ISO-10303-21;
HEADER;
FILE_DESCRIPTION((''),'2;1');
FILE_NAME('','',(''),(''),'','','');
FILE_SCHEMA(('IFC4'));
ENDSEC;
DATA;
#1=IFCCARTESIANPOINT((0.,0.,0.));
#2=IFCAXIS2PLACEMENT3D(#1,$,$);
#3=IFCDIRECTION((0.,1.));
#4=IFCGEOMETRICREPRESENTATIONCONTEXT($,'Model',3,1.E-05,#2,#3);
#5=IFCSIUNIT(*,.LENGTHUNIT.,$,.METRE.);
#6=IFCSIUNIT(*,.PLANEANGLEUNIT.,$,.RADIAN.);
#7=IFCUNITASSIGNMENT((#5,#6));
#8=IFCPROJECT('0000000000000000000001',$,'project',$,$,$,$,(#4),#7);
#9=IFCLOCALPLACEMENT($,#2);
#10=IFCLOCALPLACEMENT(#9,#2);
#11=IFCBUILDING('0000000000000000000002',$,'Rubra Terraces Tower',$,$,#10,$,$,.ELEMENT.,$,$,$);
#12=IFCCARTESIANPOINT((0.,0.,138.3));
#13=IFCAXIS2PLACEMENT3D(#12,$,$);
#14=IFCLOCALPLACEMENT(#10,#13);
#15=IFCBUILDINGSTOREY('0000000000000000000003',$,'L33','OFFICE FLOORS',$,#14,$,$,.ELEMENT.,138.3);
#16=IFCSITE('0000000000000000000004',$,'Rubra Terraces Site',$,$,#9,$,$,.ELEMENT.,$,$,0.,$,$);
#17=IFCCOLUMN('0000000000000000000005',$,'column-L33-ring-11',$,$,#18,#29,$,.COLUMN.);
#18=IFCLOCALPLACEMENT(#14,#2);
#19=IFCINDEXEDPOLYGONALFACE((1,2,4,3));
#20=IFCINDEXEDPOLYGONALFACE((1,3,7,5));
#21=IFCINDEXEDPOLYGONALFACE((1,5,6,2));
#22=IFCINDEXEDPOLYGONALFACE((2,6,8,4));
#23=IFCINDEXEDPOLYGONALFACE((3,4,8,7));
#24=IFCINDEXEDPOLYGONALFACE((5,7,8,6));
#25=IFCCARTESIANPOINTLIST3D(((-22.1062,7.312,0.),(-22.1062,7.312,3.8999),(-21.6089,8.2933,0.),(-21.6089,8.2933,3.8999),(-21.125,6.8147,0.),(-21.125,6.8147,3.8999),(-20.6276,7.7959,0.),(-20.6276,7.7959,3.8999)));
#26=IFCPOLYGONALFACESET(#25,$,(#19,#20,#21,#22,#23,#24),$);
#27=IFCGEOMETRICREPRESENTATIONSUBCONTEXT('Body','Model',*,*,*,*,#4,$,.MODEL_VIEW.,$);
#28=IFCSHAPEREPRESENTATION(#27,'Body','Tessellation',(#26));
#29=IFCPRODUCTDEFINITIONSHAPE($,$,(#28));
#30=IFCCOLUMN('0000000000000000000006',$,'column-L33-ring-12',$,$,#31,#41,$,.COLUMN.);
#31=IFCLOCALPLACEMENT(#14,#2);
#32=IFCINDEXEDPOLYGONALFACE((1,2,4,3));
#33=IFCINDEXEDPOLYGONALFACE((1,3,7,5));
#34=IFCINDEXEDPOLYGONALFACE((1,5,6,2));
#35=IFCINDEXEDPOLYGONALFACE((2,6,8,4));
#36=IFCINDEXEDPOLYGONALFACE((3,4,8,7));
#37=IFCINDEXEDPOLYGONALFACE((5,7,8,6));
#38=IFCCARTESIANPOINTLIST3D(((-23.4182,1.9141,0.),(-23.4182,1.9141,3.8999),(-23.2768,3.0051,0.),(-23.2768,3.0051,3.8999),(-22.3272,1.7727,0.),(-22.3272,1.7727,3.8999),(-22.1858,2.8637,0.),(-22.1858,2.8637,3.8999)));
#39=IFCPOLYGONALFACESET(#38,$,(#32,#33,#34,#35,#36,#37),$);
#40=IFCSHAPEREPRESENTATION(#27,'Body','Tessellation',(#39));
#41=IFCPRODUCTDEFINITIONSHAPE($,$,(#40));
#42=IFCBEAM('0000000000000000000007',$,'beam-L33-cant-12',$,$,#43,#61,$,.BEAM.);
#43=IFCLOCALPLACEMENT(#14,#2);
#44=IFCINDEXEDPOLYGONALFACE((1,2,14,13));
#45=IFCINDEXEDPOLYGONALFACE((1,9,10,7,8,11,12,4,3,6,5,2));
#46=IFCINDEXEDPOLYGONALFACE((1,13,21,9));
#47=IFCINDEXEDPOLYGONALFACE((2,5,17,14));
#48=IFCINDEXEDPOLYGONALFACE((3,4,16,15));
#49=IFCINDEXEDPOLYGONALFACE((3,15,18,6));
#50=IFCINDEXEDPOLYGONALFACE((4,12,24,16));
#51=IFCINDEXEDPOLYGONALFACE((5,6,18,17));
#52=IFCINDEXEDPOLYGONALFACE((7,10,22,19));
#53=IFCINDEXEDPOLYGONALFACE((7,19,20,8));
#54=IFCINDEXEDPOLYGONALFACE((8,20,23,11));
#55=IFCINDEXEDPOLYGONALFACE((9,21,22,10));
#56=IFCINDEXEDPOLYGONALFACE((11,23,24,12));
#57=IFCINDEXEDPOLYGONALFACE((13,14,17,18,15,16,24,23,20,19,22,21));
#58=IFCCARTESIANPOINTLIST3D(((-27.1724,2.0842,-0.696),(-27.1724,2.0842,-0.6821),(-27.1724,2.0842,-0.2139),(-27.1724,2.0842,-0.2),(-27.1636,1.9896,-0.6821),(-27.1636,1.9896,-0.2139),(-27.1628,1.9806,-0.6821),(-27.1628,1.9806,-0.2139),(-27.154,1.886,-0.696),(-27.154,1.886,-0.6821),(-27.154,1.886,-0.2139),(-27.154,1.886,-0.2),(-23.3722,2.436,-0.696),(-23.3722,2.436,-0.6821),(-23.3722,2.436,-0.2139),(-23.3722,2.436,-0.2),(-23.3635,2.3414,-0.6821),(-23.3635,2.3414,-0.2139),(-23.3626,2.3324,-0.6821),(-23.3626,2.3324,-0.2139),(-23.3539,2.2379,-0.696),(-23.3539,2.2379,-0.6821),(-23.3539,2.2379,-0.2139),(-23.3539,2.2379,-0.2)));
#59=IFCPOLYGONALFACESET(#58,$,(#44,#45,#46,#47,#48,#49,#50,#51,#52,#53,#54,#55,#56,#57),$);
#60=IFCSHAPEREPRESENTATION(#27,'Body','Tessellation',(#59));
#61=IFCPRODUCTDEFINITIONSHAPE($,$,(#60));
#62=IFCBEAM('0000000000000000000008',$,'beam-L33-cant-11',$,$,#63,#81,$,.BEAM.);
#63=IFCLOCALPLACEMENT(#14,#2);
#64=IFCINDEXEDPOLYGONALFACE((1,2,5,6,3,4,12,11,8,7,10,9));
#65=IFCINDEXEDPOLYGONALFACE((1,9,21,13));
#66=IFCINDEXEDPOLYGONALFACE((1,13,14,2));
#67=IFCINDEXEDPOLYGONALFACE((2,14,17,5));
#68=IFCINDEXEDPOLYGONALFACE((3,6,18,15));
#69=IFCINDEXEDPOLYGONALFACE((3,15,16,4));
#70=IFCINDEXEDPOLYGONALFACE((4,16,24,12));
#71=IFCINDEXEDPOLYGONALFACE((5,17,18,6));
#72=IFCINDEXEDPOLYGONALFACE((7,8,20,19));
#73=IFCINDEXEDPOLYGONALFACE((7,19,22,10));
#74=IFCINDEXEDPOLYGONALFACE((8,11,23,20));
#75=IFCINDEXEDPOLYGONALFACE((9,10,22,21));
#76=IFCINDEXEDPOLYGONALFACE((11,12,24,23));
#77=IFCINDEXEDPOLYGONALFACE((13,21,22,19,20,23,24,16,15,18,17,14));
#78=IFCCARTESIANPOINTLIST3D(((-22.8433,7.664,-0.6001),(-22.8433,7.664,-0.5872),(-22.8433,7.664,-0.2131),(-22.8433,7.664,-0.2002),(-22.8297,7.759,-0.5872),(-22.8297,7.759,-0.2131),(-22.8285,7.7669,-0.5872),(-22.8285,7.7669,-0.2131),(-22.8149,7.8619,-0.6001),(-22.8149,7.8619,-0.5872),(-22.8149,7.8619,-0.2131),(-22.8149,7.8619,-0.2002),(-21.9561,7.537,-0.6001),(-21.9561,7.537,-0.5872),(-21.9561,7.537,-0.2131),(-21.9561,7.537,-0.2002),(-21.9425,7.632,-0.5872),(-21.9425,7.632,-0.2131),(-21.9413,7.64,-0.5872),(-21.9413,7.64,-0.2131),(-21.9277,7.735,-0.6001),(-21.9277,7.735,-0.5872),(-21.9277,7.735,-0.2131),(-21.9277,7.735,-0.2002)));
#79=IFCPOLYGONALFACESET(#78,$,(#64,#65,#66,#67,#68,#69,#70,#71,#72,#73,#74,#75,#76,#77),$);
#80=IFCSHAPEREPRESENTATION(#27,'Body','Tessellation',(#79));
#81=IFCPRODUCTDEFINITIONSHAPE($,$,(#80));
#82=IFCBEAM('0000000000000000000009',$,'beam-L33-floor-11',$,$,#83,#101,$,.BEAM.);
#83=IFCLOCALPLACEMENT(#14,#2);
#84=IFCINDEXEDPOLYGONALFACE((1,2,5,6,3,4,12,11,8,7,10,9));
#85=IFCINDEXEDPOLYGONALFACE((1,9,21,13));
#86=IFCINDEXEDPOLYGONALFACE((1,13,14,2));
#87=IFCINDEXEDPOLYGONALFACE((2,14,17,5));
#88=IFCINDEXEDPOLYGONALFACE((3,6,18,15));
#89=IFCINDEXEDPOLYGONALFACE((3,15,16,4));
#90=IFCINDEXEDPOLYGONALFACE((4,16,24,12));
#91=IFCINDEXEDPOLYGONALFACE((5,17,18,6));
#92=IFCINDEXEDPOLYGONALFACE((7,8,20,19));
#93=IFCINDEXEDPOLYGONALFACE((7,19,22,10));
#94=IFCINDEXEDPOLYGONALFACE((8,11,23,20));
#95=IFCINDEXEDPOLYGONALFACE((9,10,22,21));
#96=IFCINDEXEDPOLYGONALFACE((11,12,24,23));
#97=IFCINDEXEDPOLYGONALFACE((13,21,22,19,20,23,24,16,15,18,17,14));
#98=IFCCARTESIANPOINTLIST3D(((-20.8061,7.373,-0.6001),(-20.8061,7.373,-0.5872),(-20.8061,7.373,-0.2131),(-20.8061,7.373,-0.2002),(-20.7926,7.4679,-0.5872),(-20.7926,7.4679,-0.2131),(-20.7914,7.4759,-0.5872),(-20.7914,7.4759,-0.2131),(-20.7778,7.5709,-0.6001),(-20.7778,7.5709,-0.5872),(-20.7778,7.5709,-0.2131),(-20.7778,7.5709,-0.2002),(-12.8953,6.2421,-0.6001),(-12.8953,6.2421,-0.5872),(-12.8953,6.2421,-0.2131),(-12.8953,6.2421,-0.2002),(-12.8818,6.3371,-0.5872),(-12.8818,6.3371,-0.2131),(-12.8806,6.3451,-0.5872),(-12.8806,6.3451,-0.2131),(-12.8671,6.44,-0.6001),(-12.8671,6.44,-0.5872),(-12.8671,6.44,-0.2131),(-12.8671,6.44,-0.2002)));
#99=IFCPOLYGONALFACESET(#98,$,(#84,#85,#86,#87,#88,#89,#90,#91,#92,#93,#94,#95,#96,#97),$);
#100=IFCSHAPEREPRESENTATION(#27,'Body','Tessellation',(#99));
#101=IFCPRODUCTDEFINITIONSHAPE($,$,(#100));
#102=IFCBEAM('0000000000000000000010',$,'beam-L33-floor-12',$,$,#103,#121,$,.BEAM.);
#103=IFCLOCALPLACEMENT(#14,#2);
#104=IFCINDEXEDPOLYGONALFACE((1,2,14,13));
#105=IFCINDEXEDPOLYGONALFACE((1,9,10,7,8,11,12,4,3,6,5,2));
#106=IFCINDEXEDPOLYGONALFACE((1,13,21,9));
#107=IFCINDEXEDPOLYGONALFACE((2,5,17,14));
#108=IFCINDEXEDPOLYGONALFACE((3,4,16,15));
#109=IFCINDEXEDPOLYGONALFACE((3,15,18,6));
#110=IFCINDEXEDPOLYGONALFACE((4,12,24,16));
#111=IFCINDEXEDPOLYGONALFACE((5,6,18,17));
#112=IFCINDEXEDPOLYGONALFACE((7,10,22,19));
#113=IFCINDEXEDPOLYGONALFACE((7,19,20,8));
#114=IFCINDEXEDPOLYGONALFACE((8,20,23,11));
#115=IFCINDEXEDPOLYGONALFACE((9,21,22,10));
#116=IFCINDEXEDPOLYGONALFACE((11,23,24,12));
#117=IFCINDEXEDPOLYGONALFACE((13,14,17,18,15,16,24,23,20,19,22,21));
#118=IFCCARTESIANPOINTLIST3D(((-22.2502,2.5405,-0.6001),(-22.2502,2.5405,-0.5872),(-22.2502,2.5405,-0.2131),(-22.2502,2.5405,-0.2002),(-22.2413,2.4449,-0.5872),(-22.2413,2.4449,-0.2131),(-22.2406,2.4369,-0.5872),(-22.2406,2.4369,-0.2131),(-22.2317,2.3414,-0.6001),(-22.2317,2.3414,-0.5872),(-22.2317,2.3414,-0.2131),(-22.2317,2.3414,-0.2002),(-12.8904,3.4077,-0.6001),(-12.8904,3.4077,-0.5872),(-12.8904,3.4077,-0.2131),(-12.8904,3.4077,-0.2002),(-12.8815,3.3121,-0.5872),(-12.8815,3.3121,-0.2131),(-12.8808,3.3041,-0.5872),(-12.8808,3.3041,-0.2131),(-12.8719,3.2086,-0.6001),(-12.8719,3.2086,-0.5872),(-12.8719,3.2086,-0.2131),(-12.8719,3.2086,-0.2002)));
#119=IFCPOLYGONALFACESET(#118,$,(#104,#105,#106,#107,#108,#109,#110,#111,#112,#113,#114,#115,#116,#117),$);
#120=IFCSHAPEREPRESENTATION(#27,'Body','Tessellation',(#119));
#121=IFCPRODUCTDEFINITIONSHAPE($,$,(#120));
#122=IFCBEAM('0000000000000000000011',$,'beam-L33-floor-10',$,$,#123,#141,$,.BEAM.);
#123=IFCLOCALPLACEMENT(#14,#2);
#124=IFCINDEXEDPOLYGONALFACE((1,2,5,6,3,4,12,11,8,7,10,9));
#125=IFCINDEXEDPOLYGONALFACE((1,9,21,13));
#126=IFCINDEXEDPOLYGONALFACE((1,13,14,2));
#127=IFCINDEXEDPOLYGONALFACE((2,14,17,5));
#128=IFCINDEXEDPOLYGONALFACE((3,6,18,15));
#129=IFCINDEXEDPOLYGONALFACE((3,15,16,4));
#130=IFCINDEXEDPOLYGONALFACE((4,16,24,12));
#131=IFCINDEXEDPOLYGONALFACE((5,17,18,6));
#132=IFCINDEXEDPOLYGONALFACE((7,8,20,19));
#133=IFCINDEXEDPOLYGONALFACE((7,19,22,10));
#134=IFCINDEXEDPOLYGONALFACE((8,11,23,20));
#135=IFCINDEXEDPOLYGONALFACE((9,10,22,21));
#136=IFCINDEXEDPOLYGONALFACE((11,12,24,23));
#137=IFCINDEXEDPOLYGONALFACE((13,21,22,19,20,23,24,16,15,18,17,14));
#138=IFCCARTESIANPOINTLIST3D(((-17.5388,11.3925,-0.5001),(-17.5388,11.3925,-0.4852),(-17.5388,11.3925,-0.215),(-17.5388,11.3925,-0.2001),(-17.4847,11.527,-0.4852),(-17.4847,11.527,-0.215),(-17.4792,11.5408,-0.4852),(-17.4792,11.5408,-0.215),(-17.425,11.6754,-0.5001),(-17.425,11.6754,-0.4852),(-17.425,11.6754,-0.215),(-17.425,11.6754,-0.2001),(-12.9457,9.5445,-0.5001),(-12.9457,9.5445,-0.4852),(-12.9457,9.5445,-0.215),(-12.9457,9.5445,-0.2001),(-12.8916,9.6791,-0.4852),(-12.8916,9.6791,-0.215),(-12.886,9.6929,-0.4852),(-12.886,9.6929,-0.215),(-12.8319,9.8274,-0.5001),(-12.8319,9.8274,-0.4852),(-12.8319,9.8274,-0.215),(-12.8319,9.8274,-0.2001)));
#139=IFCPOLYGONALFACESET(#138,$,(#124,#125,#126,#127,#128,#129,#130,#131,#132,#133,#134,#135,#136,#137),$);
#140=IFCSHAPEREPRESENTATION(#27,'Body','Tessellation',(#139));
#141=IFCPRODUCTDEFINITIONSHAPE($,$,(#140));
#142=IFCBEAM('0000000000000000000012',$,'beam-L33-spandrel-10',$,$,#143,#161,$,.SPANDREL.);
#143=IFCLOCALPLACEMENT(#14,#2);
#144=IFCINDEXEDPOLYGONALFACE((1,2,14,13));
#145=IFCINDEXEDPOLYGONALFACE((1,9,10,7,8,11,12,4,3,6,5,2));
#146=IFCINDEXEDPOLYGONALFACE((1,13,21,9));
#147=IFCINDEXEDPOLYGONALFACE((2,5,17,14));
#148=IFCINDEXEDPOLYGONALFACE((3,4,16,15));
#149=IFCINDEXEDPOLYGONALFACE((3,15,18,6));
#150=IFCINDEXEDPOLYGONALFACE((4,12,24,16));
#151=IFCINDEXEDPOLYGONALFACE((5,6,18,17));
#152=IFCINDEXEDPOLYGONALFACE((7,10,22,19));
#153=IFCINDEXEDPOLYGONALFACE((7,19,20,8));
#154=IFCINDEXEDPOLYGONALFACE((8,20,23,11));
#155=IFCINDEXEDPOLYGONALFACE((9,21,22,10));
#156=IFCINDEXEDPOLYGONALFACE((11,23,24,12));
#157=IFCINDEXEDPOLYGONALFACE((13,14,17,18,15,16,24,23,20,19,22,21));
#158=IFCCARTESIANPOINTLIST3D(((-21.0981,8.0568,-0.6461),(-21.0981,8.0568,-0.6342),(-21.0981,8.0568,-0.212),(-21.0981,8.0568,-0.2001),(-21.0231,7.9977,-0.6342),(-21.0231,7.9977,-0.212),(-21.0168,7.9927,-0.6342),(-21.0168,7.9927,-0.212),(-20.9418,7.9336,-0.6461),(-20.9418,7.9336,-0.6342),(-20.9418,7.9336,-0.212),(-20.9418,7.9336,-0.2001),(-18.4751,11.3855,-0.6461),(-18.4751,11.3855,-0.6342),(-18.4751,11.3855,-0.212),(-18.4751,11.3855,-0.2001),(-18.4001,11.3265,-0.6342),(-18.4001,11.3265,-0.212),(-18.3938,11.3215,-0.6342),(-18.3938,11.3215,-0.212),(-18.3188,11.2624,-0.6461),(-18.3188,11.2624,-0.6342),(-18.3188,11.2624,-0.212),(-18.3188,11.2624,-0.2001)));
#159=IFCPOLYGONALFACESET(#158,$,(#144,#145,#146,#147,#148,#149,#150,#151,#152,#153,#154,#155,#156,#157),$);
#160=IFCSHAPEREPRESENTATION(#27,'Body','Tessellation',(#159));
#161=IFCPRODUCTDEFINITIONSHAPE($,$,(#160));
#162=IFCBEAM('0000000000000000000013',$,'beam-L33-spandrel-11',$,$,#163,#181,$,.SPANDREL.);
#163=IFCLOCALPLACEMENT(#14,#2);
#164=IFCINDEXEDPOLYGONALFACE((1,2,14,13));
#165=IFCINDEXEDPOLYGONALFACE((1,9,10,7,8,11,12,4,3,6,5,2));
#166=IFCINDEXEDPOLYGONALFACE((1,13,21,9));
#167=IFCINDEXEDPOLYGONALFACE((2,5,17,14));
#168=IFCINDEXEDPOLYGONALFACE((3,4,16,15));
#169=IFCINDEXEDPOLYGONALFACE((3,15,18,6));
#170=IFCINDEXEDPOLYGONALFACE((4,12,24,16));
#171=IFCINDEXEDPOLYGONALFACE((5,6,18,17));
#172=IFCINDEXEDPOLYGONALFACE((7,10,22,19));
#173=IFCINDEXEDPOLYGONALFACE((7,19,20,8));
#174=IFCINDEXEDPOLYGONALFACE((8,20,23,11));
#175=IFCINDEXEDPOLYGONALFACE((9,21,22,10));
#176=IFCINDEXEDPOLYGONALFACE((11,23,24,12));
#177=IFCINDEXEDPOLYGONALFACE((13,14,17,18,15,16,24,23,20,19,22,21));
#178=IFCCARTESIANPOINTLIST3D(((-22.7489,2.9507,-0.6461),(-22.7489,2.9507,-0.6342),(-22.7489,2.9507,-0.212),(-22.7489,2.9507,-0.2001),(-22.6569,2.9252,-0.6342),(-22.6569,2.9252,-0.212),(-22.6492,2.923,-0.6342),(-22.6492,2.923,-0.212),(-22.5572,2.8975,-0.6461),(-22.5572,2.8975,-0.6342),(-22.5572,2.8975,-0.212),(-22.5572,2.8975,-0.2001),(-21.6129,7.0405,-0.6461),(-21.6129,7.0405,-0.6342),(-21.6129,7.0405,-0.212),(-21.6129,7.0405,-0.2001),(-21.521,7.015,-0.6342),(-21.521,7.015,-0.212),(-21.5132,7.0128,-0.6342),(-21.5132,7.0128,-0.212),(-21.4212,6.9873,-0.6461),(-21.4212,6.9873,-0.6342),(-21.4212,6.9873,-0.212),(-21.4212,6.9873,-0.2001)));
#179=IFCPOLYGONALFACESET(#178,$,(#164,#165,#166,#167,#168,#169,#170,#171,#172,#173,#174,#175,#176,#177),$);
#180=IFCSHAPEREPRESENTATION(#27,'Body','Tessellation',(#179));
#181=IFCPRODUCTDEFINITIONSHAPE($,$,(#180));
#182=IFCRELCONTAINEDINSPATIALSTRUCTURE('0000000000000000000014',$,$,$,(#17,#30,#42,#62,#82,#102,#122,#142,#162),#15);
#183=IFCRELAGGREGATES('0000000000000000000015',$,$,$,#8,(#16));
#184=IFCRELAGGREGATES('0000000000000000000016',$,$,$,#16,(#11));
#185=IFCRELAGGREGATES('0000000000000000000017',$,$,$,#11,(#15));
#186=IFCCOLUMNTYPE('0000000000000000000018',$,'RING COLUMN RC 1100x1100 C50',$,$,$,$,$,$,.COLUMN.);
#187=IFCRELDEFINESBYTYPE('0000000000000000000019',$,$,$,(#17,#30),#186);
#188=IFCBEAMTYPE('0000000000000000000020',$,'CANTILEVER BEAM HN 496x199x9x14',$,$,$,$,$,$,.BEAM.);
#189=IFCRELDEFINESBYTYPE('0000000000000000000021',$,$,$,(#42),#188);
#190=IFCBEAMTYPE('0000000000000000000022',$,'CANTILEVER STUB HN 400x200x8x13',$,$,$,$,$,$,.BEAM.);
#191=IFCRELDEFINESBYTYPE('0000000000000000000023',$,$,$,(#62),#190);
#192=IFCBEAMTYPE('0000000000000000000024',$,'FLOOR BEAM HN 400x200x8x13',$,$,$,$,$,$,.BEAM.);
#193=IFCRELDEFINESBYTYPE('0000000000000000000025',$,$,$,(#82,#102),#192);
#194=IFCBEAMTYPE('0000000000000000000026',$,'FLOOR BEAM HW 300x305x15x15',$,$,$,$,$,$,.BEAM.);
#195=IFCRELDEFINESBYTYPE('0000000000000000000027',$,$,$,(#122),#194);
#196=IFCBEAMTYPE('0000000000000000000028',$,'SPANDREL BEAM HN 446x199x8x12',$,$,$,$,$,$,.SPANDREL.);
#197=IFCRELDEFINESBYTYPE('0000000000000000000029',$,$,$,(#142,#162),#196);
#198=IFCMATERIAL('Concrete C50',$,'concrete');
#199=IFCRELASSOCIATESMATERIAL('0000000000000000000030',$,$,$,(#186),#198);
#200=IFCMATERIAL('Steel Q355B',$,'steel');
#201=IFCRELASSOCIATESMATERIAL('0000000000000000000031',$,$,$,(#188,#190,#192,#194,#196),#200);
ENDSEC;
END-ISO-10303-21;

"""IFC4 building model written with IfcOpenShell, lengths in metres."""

from ifc_helpers import new_model, si_unit, direction, frame, origin, origin_2d, place, context, subcontext, project, spatial, rectangle, i_section, extrude, material, material_profile, profile_set, type_object, element, save


model = new_model("IFC4")

# Units and contexts
model_context = context("Model", 3, precision=1e-05, world=origin(), true_north=direction((0.0, 1.0)))
body_context = subcontext(model_context, "Body", "Model", "MODEL_VIEW")
ifc_project = project(units=[si_unit("LENGTHUNIT", "METRE"), si_unit("PLANEANGLEUNIT", "RADIAN")], contexts=[model_context])

# Site, building, storey
site_placement = place(None, origin())
site = spatial("IfcSite", under=ifc_project, at=site_placement, Name="Rubra Terraces Site", CompositionType="ELEMENT", RefElevation=0.0)
building_placement = place(site_placement, origin())
building = spatial("IfcBuilding", under=site, at=building_placement, Name="Rubra Terraces Tower", CompositionType="ELEMENT")
storey_placement = place(building_placement, frame((0.0, 0.0, 138.3)))
storey = spatial("IfcBuildingStorey", under=building, at=storey_placement, Name="L33", Description="OFFICE FLOORS", CompositionType="ELEMENT", Elevation=138.3)

# Columns
ifc_material_1 = material(Name="Concrete C50", Category="concrete")
ifc_material_profile_1 = material_profile(ifc_material_1, rectangle(XDim=1.1001, YDim=1.1001, at=origin_2d()), Name="RC 1100x1100")
ifc_profile_set_1 = profile_set([ifc_material_profile_1], Name="Concrete C50")
column_type = type_object("IfcColumnType", Name="RING COLUMN RC 1100x1100 C50", PredefinedType="COLUMN", material=ifc_profile_set_1)
for number, where, z_axis, x_axis, name in (
    (1, (-21.3669, 7.554, 0.0), (0.0, 0.0, 1.0), (-0.452079, -0.891978, 0.0), "column-L33-ring-11"),
    (2, (-22.802, 2.3889, 0.0), (0.0, 0.0, 1.0), (-0.128535, -0.991705, 0.0), "column-L33-ring-12"),
):
    element("IfcColumn", number, at=place(storey_placement, frame(where, z_axis=z_axis, x_axis=x_axis)), inside=storey, type_object=column_type, Name=name, PredefinedType="COLUMN", context=body_context, shape_type="SweptSolid", body=[
        extrude(rectangle(XDim=1.1001, YDim=1.1001, at=origin_2d()), origin(), (0.0, 0.0, 1.0), 3.8999),
    ])

# Beams
ifc_material_2 = material(Name="Steel Q355B", Category="steel")
ifc_material_profile_2 = material_profile(ifc_material_2, i_section(OverallWidth=0.199, OverallDepth=0.4961, WebThickness=0.009, FlangeThickness=0.0139, at=origin_2d()), Name="HN 496x199x9x14")
ifc_profile_set_2 = profile_set([ifc_material_profile_2], Name="Steel Q355B")
beam_type_1 = type_object("IfcBeamType", Name="CANTILEVER BEAM HN 496x199x9x14", PredefinedType="BEAM", material=ifc_profile_set_2)
beam_1_placement = place(storey_placement, frame((-23.363, 2.3369, -0.448), z_axis=(-0.995742, -0.092185, 0.0), x_axis=(0.092185, -0.995742, 0.0)))
element("IfcBeam", 3, at=beam_1_placement, inside=storey, type_object=beam_type_1, Name="beam-L33-cant-12", PredefinedType="BEAM", context=body_context, shape_type="SweptSolid", body=[
    extrude(i_section(OverallWidth=0.199, OverallDepth=0.4961, WebThickness=0.009, FlangeThickness=0.0139, at=origin_2d()), origin(), (0.0, 0.0, 1.0), 3.8164),
])
ifc_material_profile_3 = material_profile(ifc_material_2, i_section(OverallWidth=0.2, OverallDepth=0.3999, WebThickness=0.0081, FlangeThickness=0.0129, at=origin_2d()), Name="HN 400x200x8x13")
ifc_profile_set_3 = profile_set([ifc_material_profile_3], Name="Steel Q355B")
beam_type_2 = type_object("IfcBeamType", Name="CANTILEVER STUB HN 400x200x8x13", PredefinedType="BEAM", material=ifc_profile_set_3)
beam_2_placement = place(storey_placement, frame((-21.9419, 7.636, -0.4001), z_axis=(-0.989917, 0.14165, 0.0), x_axis=(-0.14165, -0.989917, 0.0)))
element("IfcBeam", 4, at=beam_2_placement, inside=storey, type_object=beam_type_2, Name="beam-L33-cant-11", PredefinedType="BEAM", context=body_context, shape_type="SweptSolid", body=[
    extrude(i_section(OverallWidth=0.2, OverallDepth=0.3999, WebThickness=0.0081, FlangeThickness=0.0129, at=origin_2d()), origin(), (0.0, 0.0, 1.0), 0.8962),
])
ifc_material_profile_4 = material_profile(ifc_material_2, i_section(OverallWidth=0.2, OverallDepth=0.3999, WebThickness=0.0081, FlangeThickness=0.0129, at=origin_2d()), Name="HN 400x200x8x13")
ifc_profile_set_4 = profile_set([ifc_material_profile_4], Name="Steel Q355B")
beam_type_3 = type_object("IfcBeamType", Name="FLOOR BEAM HN 400x200x8x13", PredefinedType="BEAM", material=ifc_profile_set_4)
beam_3_placement = place(storey_placement, frame((-20.792, 7.4719, -0.4001), z_axis=(0.989937, -0.141511, 0.0), x_axis=(0.141511, 0.989937, 0.0)))
element("IfcBeam", 5, at=beam_3_placement, inside=storey, type_object=beam_type_3, Name="beam-L33-floor-11", PredefinedType="BEAM", context=body_context, shape_type="SweptSolid", body=[
    extrude(i_section(OverallWidth=0.2, OverallDepth=0.3999, WebThickness=0.0081, FlangeThickness=0.0129, at=origin_2d()), origin(), (0.0, 0.0, 1.0), 7.9912),
])
beam_4_placement = place(storey_placement, frame((-22.241, 2.4409, -0.4001), z_axis=(0.995735, 0.092254, 0.0), x_axis=(-0.092254, 0.995735, 0.0)))
element("IfcBeam", 6, at=beam_4_placement, inside=storey, type_object=beam_type_3, Name="beam-L33-floor-12", PredefinedType="BEAM", context=body_context, shape_type="SweptSolid", body=[
    extrude(i_section(OverallWidth=0.2, OverallDepth=0.3999, WebThickness=0.0081, FlangeThickness=0.0129, at=origin_2d()), origin(), (0.0, 0.0, 1.0), 9.3999),
])
ifc_material_profile_5 = material_profile(ifc_material_2, i_section(OverallWidth=0.3049, OverallDepth=0.3, WebThickness=0.0149, FlangeThickness=0.0149, at=origin_2d()), Name="HW 300x305x15x15")
ifc_profile_set_5 = profile_set([ifc_material_profile_5], Name="Steel Q355B")
beam_type_4 = type_object("IfcBeamType", Name="FLOOR BEAM HW 300x305x15x15", PredefinedType="BEAM", material=ifc_profile_set_5)
beam_5_placement = place(storey_placement, frame((-17.4819, 11.5339, -0.3501), z_axis=(0.92773, -0.373252, 0.0), x_axis=(0.373252, 0.92773, 0.0)))
element("IfcBeam", 7, at=beam_5_placement, inside=storey, type_object=beam_type_4, Name="beam-L33-floor-10", PredefinedType="BEAM", context=body_context, shape_type="SweptSolid", body=[
    extrude(i_section(OverallWidth=0.3049, OverallDepth=0.3, WebThickness=0.0149, FlangeThickness=0.0149, at=origin_2d()), origin(), (0.0, 0.0, 1.0), 4.9509),
])
ifc_material_profile_6 = material_profile(ifc_material_2, i_section(OverallWidth=0.199, OverallDepth=0.446, WebThickness=0.0081, FlangeThickness=0.012, at=origin_2d()), Name="HN 446x199x8x12")
ifc_profile_set_6 = profile_set([ifc_material_profile_6], Name="Steel Q355B")
beam_type_5 = type_object("IfcBeamType", Name="SPANDREL BEAM HN 446x199x8x12", PredefinedType="SPANDREL", material=ifc_profile_set_6)
beam_6_placement = place(storey_placement, frame((-18.397, 11.324, -0.4231), z_axis=(-0.618917, -0.785456, 0.0), x_axis=(0.785456, -0.618917, 0.0)))
element("IfcBeam", 8, at=beam_6_placement, inside=storey, type_object=beam_type_5, Name="beam-L33-spandrel-10", PredefinedType="SPANDREL", context=body_context, shape_type="SweptSolid", body=[
    extrude(i_section(OverallWidth=0.199, OverallDepth=0.446, WebThickness=0.0081, FlangeThickness=0.012, at=origin_2d()), origin(), (0.0, 0.0, 1.0), 4.238),
])
beam_7_placement = place(storey_placement, frame((-21.5171, 7.0139, -0.4231), z_axis=(-0.267626, -0.963523, 0.0), x_axis=(0.963523, -0.267626, 0.0)))
element("IfcBeam", 9, at=beam_7_placement, inside=storey, type_object=beam_type_5, Name="beam-L33-spandrel-11", PredefinedType="SPANDREL", context=body_context, shape_type="SweptSolid", body=[
    extrude(i_section(OverallWidth=0.199, OverallDepth=0.446, WebThickness=0.0081, FlangeThickness=0.012, at=origin_2d()), origin(), (0.0, 0.0, 1.0), 4.2446),
])

save(model, "model.ifc")
